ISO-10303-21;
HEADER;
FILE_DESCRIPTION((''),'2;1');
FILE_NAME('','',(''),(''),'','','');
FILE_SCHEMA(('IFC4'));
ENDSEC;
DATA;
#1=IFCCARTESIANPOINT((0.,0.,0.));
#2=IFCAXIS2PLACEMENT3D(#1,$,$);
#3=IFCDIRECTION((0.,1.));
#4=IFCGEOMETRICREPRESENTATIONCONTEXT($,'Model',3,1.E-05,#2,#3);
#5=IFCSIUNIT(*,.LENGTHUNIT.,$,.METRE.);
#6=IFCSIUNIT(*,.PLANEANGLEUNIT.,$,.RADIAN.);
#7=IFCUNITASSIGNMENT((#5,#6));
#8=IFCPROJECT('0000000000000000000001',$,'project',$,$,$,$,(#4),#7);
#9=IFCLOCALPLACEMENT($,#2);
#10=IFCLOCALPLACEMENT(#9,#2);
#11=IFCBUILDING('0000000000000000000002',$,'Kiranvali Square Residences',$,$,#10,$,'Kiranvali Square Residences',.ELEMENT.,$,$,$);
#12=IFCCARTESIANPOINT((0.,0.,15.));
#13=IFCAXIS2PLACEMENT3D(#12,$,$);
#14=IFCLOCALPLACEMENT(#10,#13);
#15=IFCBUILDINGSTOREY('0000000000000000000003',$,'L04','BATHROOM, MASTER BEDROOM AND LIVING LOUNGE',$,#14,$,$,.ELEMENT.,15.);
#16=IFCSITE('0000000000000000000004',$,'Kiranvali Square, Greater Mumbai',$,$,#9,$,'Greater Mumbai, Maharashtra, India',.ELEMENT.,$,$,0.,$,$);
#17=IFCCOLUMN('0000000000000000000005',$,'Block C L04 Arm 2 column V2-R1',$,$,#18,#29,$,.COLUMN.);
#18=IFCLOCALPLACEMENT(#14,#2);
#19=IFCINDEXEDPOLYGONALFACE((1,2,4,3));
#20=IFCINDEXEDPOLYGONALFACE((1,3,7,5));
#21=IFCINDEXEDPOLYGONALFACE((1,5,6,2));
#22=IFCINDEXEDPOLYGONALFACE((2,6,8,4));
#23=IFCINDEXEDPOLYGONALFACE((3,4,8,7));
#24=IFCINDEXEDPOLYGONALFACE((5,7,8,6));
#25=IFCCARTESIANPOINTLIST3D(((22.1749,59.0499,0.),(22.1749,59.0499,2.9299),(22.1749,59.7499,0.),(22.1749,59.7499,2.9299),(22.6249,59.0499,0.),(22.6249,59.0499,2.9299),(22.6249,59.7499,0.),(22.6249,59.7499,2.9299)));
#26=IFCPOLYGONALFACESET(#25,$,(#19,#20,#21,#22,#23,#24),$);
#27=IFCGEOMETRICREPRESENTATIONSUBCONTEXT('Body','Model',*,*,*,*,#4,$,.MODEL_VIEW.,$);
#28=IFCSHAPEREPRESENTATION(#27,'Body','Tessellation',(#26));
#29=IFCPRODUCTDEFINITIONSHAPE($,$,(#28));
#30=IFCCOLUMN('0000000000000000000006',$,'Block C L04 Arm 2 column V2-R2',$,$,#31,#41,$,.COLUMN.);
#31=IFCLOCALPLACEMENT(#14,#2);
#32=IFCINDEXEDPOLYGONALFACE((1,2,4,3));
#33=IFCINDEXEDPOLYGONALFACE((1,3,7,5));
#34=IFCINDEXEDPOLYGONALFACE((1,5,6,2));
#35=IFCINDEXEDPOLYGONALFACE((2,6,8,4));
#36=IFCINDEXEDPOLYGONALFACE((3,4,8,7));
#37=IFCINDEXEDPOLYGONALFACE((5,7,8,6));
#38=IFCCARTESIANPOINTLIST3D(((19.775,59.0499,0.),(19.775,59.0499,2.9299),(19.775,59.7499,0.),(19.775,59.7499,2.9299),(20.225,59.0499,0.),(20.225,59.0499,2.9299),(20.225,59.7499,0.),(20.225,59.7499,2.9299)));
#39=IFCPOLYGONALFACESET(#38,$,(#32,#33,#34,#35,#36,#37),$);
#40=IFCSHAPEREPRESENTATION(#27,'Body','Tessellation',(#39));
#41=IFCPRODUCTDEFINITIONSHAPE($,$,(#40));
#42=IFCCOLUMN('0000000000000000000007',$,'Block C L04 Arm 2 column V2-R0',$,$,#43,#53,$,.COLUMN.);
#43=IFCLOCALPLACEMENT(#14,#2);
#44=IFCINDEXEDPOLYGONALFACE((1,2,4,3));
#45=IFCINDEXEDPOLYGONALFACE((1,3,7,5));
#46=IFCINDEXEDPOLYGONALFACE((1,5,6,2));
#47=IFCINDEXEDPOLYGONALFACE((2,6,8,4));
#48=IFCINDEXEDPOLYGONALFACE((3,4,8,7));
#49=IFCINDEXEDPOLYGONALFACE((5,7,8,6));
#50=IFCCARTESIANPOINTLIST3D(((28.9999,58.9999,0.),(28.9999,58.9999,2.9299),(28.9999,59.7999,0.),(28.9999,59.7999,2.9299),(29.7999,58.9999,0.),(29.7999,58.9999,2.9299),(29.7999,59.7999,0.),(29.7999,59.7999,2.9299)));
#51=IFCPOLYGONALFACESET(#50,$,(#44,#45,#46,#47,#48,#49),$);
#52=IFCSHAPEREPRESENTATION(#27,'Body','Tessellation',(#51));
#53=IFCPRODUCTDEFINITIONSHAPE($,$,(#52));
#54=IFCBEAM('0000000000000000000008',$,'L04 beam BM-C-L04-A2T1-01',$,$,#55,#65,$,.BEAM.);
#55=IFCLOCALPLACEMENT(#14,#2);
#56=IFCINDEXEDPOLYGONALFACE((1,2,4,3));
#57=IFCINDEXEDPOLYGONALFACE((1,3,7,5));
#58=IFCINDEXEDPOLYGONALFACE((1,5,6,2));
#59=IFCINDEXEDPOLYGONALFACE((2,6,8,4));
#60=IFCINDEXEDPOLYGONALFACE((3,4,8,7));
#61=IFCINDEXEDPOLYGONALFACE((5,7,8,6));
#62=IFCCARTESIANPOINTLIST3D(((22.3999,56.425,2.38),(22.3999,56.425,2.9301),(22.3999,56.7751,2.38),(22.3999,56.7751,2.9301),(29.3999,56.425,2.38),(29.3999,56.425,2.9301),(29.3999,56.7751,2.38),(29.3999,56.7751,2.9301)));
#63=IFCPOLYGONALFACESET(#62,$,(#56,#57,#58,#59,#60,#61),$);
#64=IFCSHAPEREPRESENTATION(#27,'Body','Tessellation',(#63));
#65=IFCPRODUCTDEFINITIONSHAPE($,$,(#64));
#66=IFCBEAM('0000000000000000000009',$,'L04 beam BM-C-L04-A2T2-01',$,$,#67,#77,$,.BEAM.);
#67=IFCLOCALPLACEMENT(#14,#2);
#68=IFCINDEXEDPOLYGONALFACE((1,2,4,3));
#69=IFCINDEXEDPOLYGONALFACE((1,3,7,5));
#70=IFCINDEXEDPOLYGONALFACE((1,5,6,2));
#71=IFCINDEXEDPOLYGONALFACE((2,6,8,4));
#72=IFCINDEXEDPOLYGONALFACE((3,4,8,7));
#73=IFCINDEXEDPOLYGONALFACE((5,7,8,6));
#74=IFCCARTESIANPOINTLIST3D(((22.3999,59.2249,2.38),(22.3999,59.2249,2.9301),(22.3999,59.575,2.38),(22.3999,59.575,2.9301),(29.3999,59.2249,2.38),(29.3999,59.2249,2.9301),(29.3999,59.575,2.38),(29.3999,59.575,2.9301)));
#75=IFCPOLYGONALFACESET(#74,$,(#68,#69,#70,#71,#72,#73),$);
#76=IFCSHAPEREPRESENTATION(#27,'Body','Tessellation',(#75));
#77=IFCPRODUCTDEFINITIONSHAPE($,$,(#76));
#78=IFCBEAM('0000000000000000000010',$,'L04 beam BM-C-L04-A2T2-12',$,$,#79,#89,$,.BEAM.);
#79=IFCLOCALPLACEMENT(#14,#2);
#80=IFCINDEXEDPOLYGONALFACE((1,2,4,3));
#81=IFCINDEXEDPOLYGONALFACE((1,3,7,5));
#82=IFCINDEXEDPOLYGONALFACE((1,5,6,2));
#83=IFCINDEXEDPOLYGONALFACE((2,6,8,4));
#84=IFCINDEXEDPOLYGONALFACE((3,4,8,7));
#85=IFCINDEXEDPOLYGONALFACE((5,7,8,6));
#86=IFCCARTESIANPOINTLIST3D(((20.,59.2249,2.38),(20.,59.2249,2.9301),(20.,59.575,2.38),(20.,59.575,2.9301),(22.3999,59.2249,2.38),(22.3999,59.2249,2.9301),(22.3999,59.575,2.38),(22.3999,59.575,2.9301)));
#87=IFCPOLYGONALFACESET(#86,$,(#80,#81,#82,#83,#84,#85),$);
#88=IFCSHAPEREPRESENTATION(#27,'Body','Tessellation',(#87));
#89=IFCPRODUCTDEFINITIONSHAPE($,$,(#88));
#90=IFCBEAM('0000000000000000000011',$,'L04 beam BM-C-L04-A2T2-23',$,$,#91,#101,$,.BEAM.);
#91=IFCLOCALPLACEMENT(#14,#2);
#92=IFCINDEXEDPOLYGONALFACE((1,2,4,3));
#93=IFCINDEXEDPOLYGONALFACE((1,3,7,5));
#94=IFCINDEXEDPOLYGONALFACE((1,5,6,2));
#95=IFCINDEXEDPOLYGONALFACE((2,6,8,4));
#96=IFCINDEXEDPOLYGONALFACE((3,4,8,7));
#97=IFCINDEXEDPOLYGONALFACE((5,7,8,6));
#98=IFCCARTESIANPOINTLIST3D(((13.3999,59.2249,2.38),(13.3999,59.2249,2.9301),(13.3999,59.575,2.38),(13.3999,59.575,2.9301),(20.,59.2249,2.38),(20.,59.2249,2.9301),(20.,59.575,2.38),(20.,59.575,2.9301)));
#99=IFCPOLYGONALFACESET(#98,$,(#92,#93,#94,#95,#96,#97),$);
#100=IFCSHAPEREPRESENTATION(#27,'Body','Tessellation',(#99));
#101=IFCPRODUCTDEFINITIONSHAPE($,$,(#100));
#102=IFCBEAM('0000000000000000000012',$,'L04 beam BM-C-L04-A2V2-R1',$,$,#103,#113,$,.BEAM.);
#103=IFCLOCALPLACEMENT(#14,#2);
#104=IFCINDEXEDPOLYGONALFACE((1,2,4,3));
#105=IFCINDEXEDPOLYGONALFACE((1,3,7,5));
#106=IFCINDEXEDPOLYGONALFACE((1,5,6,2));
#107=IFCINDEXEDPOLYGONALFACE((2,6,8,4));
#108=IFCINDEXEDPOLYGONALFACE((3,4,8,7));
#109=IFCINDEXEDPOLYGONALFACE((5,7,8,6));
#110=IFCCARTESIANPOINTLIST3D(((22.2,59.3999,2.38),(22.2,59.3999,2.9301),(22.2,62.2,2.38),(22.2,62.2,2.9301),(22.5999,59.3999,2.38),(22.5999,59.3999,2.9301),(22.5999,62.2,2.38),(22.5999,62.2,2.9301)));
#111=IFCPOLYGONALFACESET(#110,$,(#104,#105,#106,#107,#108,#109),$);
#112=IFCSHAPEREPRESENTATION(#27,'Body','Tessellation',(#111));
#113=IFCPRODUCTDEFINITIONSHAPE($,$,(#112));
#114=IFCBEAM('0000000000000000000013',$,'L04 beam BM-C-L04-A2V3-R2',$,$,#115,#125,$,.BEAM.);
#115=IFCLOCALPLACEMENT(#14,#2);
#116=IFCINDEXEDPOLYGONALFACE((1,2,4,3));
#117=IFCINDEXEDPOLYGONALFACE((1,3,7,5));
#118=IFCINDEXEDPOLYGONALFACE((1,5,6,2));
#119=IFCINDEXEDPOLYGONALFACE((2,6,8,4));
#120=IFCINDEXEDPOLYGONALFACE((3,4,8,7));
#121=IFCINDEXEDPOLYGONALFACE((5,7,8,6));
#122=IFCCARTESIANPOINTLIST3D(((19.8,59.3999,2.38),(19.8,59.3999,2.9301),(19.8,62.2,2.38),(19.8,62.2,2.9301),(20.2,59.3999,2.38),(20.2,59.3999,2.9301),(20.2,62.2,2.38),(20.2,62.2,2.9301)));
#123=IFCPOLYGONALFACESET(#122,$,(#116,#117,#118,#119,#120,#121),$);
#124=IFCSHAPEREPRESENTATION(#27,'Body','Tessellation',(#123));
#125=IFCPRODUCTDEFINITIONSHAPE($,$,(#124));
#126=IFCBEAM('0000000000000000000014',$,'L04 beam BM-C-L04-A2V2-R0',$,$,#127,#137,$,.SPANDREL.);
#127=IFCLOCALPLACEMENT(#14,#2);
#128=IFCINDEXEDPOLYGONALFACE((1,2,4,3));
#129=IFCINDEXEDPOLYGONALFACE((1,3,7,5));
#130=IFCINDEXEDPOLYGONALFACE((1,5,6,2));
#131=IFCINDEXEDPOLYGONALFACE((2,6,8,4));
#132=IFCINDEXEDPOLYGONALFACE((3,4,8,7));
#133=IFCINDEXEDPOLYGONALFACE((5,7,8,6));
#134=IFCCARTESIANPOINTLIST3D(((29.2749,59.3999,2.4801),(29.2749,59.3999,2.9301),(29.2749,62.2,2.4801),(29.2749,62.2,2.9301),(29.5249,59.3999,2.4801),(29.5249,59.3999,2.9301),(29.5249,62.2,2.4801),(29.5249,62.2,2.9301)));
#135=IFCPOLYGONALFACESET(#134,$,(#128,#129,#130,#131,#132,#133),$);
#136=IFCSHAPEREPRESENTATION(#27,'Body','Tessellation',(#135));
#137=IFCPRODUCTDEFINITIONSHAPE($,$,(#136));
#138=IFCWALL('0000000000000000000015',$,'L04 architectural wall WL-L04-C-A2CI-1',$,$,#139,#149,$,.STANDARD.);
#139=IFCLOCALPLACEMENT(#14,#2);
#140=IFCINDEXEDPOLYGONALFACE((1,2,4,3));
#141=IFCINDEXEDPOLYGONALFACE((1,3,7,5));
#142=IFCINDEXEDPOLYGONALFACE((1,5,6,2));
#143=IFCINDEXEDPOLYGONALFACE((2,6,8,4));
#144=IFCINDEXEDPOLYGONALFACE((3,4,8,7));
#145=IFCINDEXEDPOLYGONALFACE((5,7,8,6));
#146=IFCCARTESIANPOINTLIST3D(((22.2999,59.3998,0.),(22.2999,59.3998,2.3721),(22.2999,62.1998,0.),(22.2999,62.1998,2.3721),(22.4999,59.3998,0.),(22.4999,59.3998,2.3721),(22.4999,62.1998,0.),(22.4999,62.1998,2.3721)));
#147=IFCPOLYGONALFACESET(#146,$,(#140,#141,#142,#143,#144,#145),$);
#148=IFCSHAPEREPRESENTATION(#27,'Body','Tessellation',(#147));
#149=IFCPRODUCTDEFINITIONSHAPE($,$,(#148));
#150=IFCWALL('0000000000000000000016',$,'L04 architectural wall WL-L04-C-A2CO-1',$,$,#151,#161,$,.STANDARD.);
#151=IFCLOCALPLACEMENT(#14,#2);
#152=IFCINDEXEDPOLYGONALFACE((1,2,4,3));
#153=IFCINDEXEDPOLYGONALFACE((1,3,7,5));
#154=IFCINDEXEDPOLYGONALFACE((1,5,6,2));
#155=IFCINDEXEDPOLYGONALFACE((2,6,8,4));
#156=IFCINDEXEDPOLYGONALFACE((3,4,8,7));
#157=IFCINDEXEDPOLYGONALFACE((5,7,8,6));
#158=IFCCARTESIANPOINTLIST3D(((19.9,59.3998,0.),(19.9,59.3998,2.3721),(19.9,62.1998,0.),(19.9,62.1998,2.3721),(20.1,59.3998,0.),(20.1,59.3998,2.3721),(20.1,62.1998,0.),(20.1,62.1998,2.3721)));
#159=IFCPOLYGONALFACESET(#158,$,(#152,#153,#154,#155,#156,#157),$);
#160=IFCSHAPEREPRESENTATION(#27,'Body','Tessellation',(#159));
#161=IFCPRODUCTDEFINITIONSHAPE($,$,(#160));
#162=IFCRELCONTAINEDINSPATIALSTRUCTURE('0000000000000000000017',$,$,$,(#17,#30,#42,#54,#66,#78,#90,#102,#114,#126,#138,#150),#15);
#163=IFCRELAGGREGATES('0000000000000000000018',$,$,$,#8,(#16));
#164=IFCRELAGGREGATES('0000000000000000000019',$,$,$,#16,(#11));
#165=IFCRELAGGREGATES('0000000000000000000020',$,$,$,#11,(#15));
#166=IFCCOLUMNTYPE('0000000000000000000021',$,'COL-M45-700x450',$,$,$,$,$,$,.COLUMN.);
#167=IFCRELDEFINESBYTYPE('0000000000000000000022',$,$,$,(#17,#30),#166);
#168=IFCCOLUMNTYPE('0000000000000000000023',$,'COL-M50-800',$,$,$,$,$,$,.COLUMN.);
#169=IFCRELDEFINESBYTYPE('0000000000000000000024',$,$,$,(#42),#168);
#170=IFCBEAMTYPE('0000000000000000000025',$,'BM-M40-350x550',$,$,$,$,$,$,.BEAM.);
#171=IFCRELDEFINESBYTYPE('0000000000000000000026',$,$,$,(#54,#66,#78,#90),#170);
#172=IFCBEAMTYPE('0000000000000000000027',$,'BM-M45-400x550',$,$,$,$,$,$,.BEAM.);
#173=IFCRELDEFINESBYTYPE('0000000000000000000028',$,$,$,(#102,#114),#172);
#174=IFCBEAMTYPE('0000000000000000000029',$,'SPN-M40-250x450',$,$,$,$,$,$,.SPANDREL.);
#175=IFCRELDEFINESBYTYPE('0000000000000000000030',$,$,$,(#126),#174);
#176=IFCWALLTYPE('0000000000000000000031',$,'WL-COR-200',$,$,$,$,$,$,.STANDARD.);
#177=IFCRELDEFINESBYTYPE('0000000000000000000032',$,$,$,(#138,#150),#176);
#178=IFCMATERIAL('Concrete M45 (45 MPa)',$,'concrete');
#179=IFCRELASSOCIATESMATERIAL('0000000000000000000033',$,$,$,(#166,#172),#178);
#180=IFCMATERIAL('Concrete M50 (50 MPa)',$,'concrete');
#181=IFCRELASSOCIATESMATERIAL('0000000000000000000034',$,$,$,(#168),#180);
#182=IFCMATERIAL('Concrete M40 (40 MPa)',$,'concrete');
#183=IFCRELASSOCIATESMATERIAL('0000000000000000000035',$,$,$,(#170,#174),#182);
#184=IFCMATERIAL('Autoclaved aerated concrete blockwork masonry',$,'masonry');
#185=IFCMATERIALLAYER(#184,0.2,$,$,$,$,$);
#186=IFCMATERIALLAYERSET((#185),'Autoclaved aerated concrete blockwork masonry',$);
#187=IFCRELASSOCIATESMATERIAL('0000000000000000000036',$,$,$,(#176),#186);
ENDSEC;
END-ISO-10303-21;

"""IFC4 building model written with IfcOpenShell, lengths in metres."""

from ifc_helpers import new_model, si_unit, direction, frame, frame_2d, origin, origin_2d, place, context, subcontext, project, spatial, rectangle, extrude, material, layer, layer_set, material_profile, profile_set, type_object, element, save


model = new_model("IFC4")

# Units and contexts
model_context = context("Model", 3, precision=1e-05, world=origin(), true_north=direction((0.0, 1.0)))
body_context = subcontext(model_context, "Body", "Model", "MODEL_VIEW")
ifc_project = project(units=[si_unit("LENGTHUNIT", "METRE"), si_unit("PLANEANGLEUNIT", "RADIAN")], contexts=[model_context])

# Site, building, storey
site_placement = place(None, origin())
site = spatial("IfcSite", under=ifc_project, at=site_placement, Name="Kiranvali Square, Greater Mumbai", LongName="Greater Mumbai, Maharashtra, India", CompositionType="ELEMENT", RefElevation=0.0)
building_placement = place(site_placement, origin())
building = spatial("IfcBuilding", under=site, at=building_placement, Name="Kiranvali Square Residences", LongName="Kiranvali Square Residences", CompositionType="ELEMENT")
storey_placement = place(building_placement, frame((0.0, 0.0, 15.0)))
storey = spatial("IfcBuildingStorey", under=building, at=storey_placement, Name="L04", Description="BATHROOM, MASTER BEDROOM AND LIVING LOUNGE", CompositionType="ELEMENT", Elevation=15.0)

# Columns
ifc_material_1 = material(Name="Concrete M45 (45 MPa)", Category="concrete")
ifc_material_profile_1 = material_profile(ifc_material_1, rectangle(XDim=0.45, YDim=0.7, at=origin_2d()), Name="RC 700x450")
ifc_profile_set_1 = profile_set([ifc_material_profile_1], Name="Concrete M45 (45 MPa)")
column_type_1 = type_object("IfcColumnType", Name="COL-M45-700x450", PredefinedType="COLUMN", material=ifc_profile_set_1)
for number, where, z_axis, x_axis, name in (
    (1, (22.3999, 59.3999, 0.0), (0.0, 0.0, 1.0), (1.0, 0.0, 0.0), "Block C L04 Arm 2 column V2-R1"),
    (2, (20.0, 59.3999, 0.0), (0.0, 0.0, 1.0), (1.0, 0.0, 0.0), "Block C L04 Arm 2 column V2-R2"),
):
    element("IfcColumn", number, at=place(storey_placement, frame(where, z_axis=z_axis, x_axis=x_axis)), inside=storey, type_object=column_type_1, Name=name, PredefinedType="COLUMN", context=body_context, shape_type="SweptSolid", body=[
        extrude(rectangle(XDim=0.45, YDim=0.7, at=origin_2d()), origin(), (0.0, 0.0, 1.0), 2.9299),
    ])
ifc_material_2 = material(Name="Concrete M50 (50 MPa)", Category="concrete")
ifc_material_profile_2 = material_profile(ifc_material_2, rectangle(XDim=0.8, YDim=0.8, at=origin_2d()), Name="RC 800x800")
ifc_profile_set_2 = profile_set([ifc_material_profile_2], Name="Concrete M50 (50 MPa)")
column_type_2 = type_object("IfcColumnType", Name="COL-M50-800", PredefinedType="COLUMN", material=ifc_profile_set_2)
column_placement = place(storey_placement, frame((29.3999, 59.3999, 0.0), z_axis=(0.0, 0.0, 1.0), x_axis=(1.0, 0.0, 0.0)))
element("IfcColumn", 3, at=column_placement, inside=storey, type_object=column_type_2, Name="Block C L04 Arm 2 column V2-R0", PredefinedType="COLUMN", context=body_context, shape_type="SweptSolid", body=[
    extrude(rectangle(XDim=0.8, YDim=0.8, at=origin_2d()), origin(), (0.0, 0.0, 1.0), 2.9299),
])

# Beams
ifc_material_3 = material(Name="Concrete M40 (40 MPa)", Category="concrete")
ifc_material_profile_3 = material_profile(ifc_material_3, rectangle(XDim=0.3501, YDim=0.55, at=origin_2d()), Name="RC 350x550")
ifc_profile_set_3 = profile_set([ifc_material_profile_3], Name="Concrete M40 (40 MPa)")
beam_type_1 = type_object("IfcBeamType", Name="BM-M40-350x550", PredefinedType="BEAM", material=ifc_profile_set_3)
for number, where, z_axis, x_axis, name in (
    (4, (29.3999, 56.6001, 2.655), (-1.0, 0.0, 0.0), (0.0, -1.0, 0.0), "L04 beam BM-C-L04-A2T1-01"),
    (5, (29.3999, 59.3999, 2.655), (-1.0, 0.0, 0.0), (0.0, -1.0, 0.0), "L04 beam BM-C-L04-A2T2-01"),
):
    element("IfcBeam", number, at=place(storey_placement, frame(where, z_axis=z_axis, x_axis=x_axis)), inside=storey, type_object=beam_type_1, Name=name, PredefinedType="BEAM", context=body_context, shape_type="SweptSolid", body=[
        extrude(rectangle(XDim=0.3501, YDim=0.55, at=origin_2d()), origin(), (0.0, 0.0, 1.0), 7.0),
    ])
beam_1_placement = place(storey_placement, frame((22.3999, 59.3999, 2.655), z_axis=(-1.0, 0.0, 0.0), x_axis=(0.0, -1.0, 0.0)))
element("IfcBeam", 6, at=beam_1_placement, inside=storey, type_object=beam_type_1, Name="L04 beam BM-C-L04-A2T2-12", PredefinedType="BEAM", context=body_context, shape_type="SweptSolid", body=[
    extrude(rectangle(XDim=0.3501, YDim=0.55, at=origin_2d()), origin(), (0.0, 0.0, 1.0), 2.3999),
])
beam_2_placement = place(storey_placement, frame((20.0, 59.3999, 2.655), z_axis=(-1.0, 0.0, 0.0), x_axis=(0.0, -1.0, 0.0)))
element("IfcBeam", 7, at=beam_2_placement, inside=storey, type_object=beam_type_1, Name="L04 beam BM-C-L04-A2T2-23", PredefinedType="BEAM", context=body_context, shape_type="SweptSolid", body=[
    extrude(rectangle(XDim=0.3501, YDim=0.55, at=origin_2d()), origin(), (0.0, 0.0, 1.0), 6.6001),
])
ifc_material_profile_4 = material_profile(ifc_material_1, rectangle(XDim=0.3999, YDim=0.55, at=origin_2d()), Name="RC 400x550")
ifc_profile_set_4 = profile_set([ifc_material_profile_4], Name="Concrete M45 (45 MPa)")
beam_type_2 = type_object("IfcBeamType", Name="BM-M45-400x550", PredefinedType="BEAM", material=ifc_profile_set_4)
for number, where, z_axis, x_axis, name in (
    (8, (22.3999, 59.3999, 2.655), (0.0, 1.0, 0.0), (-1.0, 0.0, 0.0), "L04 beam BM-C-L04-A2V2-R1"),
    (9, (20.0, 59.3999, 2.655), (0.0, 1.0, 0.0), (-1.0, 0.0, 0.0), "L04 beam BM-C-L04-A2V3-R2"),
):
    element("IfcBeam", number, at=place(storey_placement, frame(where, z_axis=z_axis, x_axis=x_axis)), inside=storey, type_object=beam_type_2, Name=name, PredefinedType="BEAM", context=body_context, shape_type="SweptSolid", body=[
        extrude(rectangle(XDim=0.3999, YDim=0.55, at=origin_2d()), origin(), (0.0, 0.0, 1.0), 2.8),
    ])
ifc_material_profile_5 = material_profile(ifc_material_3, rectangle(XDim=0.25, YDim=0.45, at=origin_2d()), Name="RC 250x450")
ifc_profile_set_5 = profile_set([ifc_material_profile_5], Name="Concrete M40 (40 MPa)")
beam_type_3 = type_object("IfcBeamType", Name="SPN-M40-250x450", PredefinedType="SPANDREL", material=ifc_profile_set_5)
beam_3_placement = place(storey_placement, frame((29.3999, 59.3999, 2.7051), z_axis=(0.0, 1.0, 0.0), x_axis=(-1.0, 0.0, 0.0)))
element("IfcBeam", 10, at=beam_3_placement, inside=storey, type_object=beam_type_3, Name="L04 beam BM-C-L04-A2V2-R0", PredefinedType="SPANDREL", context=body_context, shape_type="SweptSolid", body=[
    extrude(rectangle(XDim=0.25, YDim=0.45, at=origin_2d()), origin(), (0.0, 0.0, 1.0), 2.8),
])

# Walls
ifc_material_4 = material(Name="Autoclaved aerated concrete blockwork masonry", Category="masonry")
ifc_layer_1 = layer(ifc_material_4, 0.2)
ifc_layer_set_1 = layer_set([ifc_layer_1], Name="Autoclaved aerated concrete blockwork masonry")
wall_type_1 = type_object("IfcWallType", Name="WL-COR-200", PredefinedType="STANDARD", material=ifc_layer_set_1)
for number, where, z_axis, x_axis, name in (
    (11, (22.3999, 59.3999, 0.0), (0.0, 0.0, 1.0), (0.0, 1.0, 0.0), "L04 architectural wall WL-L04-C-A2CI-1"),
    (12, (20.0, 59.3999, 0.0), (0.0, 0.0, 1.0), (0.0, 1.0, 0.0), "L04 architectural wall WL-L04-C-A2CO-1"),
):
    element("IfcWall", number, at=place(storey_placement, frame(where, z_axis=z_axis, x_axis=x_axis)), inside=storey, type_object=wall_type_1, Name=name, PredefinedType="STANDARD", context=body_context, shape_type="SweptSolid", body=[
        extrude(rectangle(XDim=2.8, YDim=0.2, at=frame_2d((1.3999, 0.0))), origin(), (0.0, 0.0, 1.0), 2.3721),
    ])

save(model, "model.ifc")
